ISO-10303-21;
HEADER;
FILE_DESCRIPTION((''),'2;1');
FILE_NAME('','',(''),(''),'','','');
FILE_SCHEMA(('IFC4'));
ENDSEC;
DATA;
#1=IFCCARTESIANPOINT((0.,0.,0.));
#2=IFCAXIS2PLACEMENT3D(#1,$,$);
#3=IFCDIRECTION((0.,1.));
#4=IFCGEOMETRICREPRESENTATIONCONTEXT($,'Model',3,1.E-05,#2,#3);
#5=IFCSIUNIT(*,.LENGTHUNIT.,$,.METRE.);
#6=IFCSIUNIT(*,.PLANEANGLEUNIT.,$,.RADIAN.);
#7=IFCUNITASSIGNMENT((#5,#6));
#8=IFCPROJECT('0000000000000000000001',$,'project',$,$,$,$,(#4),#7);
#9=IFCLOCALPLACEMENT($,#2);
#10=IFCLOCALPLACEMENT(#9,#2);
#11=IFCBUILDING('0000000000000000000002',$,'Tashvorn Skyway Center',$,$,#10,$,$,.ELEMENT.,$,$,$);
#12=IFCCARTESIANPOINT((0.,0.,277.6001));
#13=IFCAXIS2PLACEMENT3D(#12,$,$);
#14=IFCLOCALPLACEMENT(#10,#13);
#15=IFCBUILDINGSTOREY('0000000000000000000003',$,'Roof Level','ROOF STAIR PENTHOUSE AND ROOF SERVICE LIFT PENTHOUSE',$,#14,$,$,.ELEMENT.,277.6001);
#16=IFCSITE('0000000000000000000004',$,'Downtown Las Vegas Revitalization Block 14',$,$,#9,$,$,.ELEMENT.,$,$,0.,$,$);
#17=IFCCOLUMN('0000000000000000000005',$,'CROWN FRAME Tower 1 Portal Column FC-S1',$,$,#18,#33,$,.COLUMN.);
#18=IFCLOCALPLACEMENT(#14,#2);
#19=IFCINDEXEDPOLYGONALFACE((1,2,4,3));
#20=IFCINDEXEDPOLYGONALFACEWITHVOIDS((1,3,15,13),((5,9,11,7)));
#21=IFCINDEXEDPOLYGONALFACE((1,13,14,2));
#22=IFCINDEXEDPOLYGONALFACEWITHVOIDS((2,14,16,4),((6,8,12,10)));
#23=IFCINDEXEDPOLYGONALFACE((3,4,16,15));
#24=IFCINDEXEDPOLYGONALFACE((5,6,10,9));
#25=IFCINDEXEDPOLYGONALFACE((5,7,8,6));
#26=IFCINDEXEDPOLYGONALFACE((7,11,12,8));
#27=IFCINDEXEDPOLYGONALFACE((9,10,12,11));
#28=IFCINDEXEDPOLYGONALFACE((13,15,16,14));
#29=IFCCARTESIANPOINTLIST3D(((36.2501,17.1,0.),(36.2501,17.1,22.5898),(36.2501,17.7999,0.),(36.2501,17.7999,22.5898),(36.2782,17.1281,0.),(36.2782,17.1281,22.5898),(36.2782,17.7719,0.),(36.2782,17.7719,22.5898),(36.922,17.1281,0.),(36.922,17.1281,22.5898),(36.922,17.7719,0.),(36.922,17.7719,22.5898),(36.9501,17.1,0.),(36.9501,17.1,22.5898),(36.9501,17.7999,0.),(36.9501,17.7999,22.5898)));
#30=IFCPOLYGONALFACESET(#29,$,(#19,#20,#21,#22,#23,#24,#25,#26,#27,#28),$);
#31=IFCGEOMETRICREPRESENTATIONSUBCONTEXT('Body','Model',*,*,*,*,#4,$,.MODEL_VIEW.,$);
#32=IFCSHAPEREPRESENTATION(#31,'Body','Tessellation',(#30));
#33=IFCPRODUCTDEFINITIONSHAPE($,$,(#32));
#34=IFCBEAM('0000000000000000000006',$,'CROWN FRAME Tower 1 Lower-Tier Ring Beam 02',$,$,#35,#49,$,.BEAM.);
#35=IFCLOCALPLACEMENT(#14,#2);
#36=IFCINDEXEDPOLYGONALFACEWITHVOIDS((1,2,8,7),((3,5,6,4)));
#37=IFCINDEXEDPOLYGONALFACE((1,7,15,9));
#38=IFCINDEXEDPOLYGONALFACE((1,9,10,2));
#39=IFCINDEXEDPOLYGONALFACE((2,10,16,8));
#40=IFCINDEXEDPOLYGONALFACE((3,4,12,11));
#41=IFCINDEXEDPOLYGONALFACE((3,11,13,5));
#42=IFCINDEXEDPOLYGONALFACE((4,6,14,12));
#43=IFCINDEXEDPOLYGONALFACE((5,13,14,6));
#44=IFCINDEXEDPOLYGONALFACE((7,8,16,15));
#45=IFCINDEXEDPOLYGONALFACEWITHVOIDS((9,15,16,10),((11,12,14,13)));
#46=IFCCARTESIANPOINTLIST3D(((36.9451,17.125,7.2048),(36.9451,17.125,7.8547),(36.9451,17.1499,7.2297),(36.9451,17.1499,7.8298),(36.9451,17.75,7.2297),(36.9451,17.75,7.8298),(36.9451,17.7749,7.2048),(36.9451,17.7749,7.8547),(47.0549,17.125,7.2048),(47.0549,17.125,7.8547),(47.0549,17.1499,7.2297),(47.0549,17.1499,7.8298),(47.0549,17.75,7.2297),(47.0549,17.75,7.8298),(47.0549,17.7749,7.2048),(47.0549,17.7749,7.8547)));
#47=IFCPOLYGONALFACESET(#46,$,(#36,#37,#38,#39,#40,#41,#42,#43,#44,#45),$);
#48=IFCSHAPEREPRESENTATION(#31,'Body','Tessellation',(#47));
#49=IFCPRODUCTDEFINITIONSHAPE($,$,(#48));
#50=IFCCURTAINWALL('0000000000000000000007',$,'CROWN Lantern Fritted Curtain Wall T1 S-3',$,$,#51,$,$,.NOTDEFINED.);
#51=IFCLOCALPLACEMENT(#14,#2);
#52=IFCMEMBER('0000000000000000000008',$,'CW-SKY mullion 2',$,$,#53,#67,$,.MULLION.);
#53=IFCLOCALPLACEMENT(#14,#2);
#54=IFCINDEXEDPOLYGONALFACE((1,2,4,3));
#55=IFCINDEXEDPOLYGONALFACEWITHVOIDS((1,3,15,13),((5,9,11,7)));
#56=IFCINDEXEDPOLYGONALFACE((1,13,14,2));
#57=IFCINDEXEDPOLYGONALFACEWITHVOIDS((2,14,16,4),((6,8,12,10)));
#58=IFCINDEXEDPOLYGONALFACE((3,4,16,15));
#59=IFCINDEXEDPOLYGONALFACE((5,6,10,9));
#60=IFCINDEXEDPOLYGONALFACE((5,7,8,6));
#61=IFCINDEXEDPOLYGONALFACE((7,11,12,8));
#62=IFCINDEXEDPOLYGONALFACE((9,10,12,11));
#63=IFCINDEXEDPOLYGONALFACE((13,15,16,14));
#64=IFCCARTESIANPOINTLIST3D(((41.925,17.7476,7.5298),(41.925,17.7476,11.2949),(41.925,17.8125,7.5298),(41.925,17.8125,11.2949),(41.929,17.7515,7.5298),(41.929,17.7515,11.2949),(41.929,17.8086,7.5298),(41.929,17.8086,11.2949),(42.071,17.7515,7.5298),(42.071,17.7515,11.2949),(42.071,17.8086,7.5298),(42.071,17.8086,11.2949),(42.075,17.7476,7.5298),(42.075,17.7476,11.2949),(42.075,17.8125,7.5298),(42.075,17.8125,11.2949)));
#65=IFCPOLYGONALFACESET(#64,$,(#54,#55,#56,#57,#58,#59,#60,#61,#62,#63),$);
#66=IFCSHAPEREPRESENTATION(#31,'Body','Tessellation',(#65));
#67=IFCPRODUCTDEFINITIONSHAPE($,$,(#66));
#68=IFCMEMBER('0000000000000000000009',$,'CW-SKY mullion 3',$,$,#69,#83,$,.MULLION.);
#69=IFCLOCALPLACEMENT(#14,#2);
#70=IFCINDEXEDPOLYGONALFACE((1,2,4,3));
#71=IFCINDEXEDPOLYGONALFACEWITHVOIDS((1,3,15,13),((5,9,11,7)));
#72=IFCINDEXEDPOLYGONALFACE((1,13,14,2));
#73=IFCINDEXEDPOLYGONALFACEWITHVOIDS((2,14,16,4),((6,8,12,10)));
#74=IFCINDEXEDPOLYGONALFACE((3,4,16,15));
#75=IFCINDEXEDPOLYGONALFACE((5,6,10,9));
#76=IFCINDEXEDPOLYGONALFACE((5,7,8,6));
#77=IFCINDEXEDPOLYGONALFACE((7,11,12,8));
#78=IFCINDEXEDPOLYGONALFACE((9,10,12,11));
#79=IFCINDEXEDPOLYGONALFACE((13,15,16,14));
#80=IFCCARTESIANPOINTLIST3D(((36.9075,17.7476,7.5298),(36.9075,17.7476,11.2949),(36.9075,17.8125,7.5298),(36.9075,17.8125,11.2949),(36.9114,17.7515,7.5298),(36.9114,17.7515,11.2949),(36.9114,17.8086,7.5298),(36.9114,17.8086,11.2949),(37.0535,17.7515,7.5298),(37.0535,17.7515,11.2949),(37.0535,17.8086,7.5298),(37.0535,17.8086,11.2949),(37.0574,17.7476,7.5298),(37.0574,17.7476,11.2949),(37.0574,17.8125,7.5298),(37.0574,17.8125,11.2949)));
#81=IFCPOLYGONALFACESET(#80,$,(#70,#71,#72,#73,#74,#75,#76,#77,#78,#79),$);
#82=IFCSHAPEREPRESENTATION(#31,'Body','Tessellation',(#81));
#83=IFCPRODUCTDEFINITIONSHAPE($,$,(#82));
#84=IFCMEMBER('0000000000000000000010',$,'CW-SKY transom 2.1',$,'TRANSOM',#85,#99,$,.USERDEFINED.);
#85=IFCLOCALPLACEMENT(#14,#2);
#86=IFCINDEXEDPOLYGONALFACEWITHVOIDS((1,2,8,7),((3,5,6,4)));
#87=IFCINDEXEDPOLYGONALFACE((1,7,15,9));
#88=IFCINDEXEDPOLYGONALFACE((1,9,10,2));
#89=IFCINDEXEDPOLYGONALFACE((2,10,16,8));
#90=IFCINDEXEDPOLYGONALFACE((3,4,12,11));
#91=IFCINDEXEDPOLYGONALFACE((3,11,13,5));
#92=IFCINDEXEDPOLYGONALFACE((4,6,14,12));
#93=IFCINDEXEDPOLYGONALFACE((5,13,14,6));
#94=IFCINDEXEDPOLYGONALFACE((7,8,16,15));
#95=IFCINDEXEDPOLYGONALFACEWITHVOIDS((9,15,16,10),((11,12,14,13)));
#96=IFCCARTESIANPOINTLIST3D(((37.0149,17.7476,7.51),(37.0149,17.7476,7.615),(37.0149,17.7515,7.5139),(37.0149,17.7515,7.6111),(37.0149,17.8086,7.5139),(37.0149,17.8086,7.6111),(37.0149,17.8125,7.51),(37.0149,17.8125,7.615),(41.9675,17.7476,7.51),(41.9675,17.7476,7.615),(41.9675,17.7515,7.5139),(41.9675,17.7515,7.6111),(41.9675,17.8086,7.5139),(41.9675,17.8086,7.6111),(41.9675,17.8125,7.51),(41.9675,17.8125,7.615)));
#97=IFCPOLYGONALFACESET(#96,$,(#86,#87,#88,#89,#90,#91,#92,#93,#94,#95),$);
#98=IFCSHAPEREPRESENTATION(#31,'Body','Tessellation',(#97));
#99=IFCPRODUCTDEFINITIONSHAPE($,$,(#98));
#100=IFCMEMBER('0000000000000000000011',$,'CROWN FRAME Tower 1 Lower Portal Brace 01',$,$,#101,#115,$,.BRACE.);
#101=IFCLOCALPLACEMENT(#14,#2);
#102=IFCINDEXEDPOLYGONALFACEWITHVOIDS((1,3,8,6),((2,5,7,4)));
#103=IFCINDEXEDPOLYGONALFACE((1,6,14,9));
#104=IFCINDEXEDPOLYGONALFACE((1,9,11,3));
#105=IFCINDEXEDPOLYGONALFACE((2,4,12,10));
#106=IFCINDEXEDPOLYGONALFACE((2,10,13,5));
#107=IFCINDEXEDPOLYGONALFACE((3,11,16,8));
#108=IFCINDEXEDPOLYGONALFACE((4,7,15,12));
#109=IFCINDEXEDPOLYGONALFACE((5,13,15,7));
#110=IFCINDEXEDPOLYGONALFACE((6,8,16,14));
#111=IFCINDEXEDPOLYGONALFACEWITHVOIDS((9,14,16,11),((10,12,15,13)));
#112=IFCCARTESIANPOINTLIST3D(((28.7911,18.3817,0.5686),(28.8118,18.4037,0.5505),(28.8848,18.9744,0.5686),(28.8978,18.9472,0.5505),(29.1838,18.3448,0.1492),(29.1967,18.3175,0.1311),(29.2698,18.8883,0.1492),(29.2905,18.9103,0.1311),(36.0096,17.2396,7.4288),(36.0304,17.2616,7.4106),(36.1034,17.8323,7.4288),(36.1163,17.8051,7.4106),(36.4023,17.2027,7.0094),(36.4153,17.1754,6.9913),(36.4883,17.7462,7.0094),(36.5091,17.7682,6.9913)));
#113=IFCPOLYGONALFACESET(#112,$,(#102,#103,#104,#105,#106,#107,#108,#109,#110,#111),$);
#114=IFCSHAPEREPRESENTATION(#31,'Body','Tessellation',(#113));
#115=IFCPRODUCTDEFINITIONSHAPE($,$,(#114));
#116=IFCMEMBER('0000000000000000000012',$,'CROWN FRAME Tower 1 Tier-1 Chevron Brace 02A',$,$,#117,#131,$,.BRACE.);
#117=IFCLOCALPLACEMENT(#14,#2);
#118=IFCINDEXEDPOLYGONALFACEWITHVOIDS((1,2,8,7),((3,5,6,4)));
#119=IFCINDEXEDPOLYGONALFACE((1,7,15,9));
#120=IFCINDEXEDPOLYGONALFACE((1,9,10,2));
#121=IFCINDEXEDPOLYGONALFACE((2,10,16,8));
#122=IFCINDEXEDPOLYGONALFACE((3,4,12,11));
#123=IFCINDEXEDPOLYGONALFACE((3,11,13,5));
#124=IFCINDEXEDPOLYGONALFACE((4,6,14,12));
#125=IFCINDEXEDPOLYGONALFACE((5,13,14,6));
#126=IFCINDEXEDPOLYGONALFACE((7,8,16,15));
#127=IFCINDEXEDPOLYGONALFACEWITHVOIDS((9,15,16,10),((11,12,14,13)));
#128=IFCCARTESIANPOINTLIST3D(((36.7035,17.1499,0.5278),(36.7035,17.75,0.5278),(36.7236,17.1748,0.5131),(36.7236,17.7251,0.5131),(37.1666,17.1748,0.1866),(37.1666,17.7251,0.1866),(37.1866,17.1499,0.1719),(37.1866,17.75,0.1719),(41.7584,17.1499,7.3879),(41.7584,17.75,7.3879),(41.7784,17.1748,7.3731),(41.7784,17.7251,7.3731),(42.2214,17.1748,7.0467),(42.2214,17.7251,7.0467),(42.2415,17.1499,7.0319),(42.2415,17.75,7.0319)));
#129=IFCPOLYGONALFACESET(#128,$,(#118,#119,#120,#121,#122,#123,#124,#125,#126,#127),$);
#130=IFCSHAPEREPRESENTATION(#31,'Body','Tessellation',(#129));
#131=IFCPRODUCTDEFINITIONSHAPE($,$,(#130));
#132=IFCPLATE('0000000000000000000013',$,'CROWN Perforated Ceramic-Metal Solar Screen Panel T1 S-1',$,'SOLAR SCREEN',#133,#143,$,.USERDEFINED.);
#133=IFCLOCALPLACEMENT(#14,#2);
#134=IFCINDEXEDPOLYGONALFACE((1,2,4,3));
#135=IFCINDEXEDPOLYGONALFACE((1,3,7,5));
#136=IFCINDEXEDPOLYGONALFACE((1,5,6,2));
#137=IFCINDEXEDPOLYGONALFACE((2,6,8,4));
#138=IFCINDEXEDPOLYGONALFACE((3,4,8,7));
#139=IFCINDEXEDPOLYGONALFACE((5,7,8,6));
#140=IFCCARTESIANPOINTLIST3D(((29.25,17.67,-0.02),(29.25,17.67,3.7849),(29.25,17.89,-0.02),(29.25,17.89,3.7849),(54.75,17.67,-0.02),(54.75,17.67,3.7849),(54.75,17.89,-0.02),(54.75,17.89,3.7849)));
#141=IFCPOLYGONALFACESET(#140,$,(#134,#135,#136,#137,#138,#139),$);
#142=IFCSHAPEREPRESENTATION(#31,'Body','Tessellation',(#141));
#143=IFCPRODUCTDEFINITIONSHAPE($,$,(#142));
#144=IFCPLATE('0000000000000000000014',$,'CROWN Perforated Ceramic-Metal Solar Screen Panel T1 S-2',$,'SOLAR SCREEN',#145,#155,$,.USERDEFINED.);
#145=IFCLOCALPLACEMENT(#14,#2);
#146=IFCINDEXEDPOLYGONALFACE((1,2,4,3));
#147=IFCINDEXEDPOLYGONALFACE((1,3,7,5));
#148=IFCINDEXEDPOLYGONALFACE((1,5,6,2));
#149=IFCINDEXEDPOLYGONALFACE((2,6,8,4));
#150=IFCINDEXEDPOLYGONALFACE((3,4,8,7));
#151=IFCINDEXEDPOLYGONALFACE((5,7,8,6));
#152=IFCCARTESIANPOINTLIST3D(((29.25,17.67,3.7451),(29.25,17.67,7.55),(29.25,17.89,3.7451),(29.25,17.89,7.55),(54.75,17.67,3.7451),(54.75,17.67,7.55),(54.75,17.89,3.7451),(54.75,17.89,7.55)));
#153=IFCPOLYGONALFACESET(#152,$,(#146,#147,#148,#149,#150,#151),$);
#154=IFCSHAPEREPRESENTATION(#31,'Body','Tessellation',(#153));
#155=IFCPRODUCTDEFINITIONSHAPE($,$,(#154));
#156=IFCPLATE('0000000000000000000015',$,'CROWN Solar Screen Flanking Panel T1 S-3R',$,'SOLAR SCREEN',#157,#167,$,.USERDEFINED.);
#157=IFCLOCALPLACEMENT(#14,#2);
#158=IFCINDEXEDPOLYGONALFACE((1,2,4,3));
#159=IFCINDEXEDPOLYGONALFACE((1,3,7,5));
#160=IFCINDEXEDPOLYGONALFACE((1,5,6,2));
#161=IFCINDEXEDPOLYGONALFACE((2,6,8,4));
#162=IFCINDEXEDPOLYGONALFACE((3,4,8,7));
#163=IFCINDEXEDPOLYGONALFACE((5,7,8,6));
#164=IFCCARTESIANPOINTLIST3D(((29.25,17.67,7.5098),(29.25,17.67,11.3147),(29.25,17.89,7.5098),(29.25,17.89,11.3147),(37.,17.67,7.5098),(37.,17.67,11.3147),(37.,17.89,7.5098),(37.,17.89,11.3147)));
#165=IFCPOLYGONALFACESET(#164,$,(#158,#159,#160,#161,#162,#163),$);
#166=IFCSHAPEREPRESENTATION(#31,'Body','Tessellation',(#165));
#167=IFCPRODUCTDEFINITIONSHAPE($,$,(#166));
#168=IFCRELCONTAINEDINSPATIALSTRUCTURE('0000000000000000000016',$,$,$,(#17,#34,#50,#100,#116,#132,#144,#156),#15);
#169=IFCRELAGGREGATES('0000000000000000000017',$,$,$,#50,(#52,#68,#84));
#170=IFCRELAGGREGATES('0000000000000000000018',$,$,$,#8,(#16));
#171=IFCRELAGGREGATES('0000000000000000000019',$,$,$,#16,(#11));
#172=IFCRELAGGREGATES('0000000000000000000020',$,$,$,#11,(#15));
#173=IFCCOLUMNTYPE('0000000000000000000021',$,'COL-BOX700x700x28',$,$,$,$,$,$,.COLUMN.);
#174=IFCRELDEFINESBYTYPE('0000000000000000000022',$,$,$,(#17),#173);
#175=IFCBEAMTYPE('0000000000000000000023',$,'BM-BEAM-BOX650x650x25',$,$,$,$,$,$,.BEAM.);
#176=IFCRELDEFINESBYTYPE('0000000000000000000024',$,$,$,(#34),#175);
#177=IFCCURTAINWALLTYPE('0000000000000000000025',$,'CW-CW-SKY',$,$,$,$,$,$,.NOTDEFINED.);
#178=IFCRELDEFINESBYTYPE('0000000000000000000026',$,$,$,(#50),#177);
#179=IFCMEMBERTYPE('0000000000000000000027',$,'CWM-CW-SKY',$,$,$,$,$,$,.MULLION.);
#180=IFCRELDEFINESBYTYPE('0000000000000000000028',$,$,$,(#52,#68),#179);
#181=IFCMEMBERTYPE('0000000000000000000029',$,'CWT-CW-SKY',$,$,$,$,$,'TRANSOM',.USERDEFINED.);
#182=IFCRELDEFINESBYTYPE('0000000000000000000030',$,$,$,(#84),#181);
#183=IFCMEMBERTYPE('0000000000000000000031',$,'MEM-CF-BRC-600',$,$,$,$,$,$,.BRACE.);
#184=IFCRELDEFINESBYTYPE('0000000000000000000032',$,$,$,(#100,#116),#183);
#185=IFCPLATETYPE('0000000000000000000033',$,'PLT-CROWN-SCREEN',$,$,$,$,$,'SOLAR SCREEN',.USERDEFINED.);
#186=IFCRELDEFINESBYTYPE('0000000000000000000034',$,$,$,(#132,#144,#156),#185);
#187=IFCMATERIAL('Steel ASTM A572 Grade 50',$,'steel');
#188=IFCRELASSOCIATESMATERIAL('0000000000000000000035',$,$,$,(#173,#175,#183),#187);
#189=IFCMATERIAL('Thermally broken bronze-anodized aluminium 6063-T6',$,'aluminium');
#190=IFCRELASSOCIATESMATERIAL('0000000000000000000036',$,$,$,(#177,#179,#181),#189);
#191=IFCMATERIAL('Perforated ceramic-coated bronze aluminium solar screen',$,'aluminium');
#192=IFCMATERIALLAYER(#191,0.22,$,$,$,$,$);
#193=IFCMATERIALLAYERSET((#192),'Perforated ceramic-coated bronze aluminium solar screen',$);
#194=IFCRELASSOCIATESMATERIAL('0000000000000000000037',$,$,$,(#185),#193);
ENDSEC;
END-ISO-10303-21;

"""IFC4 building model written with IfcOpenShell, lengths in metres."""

from ifc_helpers import new_model, si_unit, direction, frame, origin, origin_2d, place, context, subcontext, project, spatial, rectangle, hollow_rectangle, extrude, material, layer, layer_set, material_profile, profile_set, type_object, element, aggregate, save


model = new_model("IFC4")

# Units and contexts
model_context = context("Model", 3, precision=1e-05, world=origin(), true_north=direction((0.0, 1.0)))
body_context = subcontext(model_context, "Body", "Model", "MODEL_VIEW")
ifc_project = project(units=[si_unit("LENGTHUNIT", "METRE"), si_unit("PLANEANGLEUNIT", "RADIAN")], contexts=[model_context])

# Site, building, storey
site_placement = place(None, origin())
site = spatial("IfcSite", under=ifc_project, at=site_placement, Name="Downtown Las Vegas Revitalization Block 14", CompositionType="ELEMENT", RefElevation=0.0)
building_placement = place(site_placement, origin())
building = spatial("IfcBuilding", under=site, at=building_placement, Name="Tashvorn Skyway Center", CompositionType="ELEMENT")
storey_placement = place(building_placement, frame((0.0, 0.0, 277.6001)))
storey = spatial("IfcBuildingStorey", under=building, at=storey_placement, Name="Roof Level", Description="ROOF STAIR PENTHOUSE AND ROOF SERVICE LIFT PENTHOUSE", CompositionType="ELEMENT", Elevation=277.6001)

# Column
ifc_material_1 = material(Name="Steel ASTM A572 Grade 50", Category="steel")
ifc_material_profile_1 = material_profile(ifc_material_1, hollow_rectangle(XDim=0.7, YDim=0.7, WallThickness=0.0281, at=origin_2d()), Name="BOX700x700x28")
ifc_profile_set_1 = profile_set([ifc_material_profile_1], Name="Steel ASTM A572 Grade 50")
column_type = type_object("IfcColumnType", Name="COL-BOX700x700x28", PredefinedType="COLUMN", material=ifc_profile_set_1)
column_placement = place(storey_placement, frame((36.6001, 17.45, 0.0), z_axis=(0.0, 0.0, 1.0), x_axis=(1.0, 0.0, 0.0)))
element("IfcColumn", 1, at=column_placement, inside=storey, type_object=column_type, Name="CROWN FRAME Tower 1 Portal Column FC-S1", PredefinedType="COLUMN", context=body_context, shape_type="SweptSolid", body=[
    extrude(hollow_rectangle(XDim=0.7, YDim=0.7, WallThickness=0.0281, at=origin_2d()), origin(), (0.0, 0.0, 1.0), 22.5898),
])

# Beam
ifc_material_profile_2 = material_profile(ifc_material_1, hollow_rectangle(XDim=0.6499, YDim=0.6499, WallThickness=0.0249, at=origin_2d()), Name="BOX650x650x25")
ifc_profile_set_2 = profile_set([ifc_material_profile_2], Name="Steel ASTM A572 Grade 50")
beam_type = type_object("IfcBeamType", Name="BM-BEAM-BOX650x650x25", PredefinedType="BEAM", material=ifc_profile_set_2)
beam_placement = place(storey_placement, frame((36.9451, 17.45, 7.5298), z_axis=(1.0, 0.0, 0.0), x_axis=(0.0, 1.0, 0.0)))
element("IfcBeam", 2, at=beam_placement, inside=storey, type_object=beam_type, Name="CROWN FRAME Tower 1 Lower-Tier Ring Beam 02", PredefinedType="BEAM", context=body_context, shape_type="SweptSolid", body=[
    extrude(hollow_rectangle(XDim=0.6499, YDim=0.6499, WallThickness=0.0249, at=origin_2d()), origin(), (0.0, 0.0, 1.0), 10.1099),
])

# Curtain wall, members
ifc_material_2 = material(Name="Thermally broken bronze-anodized aluminium 6063-T6", Category="aluminium")
curtain_wall_type = type_object("IfcCurtainWallType", Name="CW-CW-SKY", PredefinedType="NOTDEFINED", material=ifc_material_2)
curtain_wall_placement = place(storey_placement, origin())
curtain_wall = element("IfcCurtainWall", 3, at=curtain_wall_placement, inside=storey, type_object=curtain_wall_type, Name="CROWN Lantern Fritted Curtain Wall T1 S-3", PredefinedType="NOTDEFINED")
ifc_material_profile_3 = material_profile(ifc_material_2, hollow_rectangle(XDim=0.0649, YDim=0.1499, WallThickness=0.0039, at=origin_2d()), Name="ALU-MULL-65x150")
ifc_profile_set_3 = profile_set([ifc_material_profile_3], Name="Thermally broken bronze-anodized aluminium 6063-T6")
member_type_1 = type_object("IfcMemberType", Name="CWM-CW-SKY", PredefinedType="MULLION", material=ifc_profile_set_3)
member_1_placement = place(storey_placement, frame((42.0, 17.78, 7.5298), z_axis=(0.0, 0.0, 1.0), x_axis=(0.0, -1.0, 0.0)))
member_1 = element("IfcMember", 4, at=member_1_placement, type_object=member_type_1, Name="CW-SKY mullion 2", PredefinedType="MULLION", context=body_context, shape_type="SweptSolid", body=[
    extrude(hollow_rectangle(XDim=0.0649, YDim=0.1499, WallThickness=0.0039, at=origin_2d()), origin(), (0.0, 0.0, 1.0), 3.7651),
])
member_2_placement = place(storey_placement, frame((36.9824, 17.78, 7.5298), z_axis=(0.0, 0.0, 1.0), x_axis=(0.0, -1.0, 0.0)))
member_2 = element("IfcMember", 5, at=member_2_placement, type_object=member_type_1, Name="CW-SKY mullion 3", PredefinedType="MULLION", context=body_context, shape_type="SweptSolid", body=[
    extrude(hollow_rectangle(XDim=0.0649, YDim=0.1499, WallThickness=0.0039, at=origin_2d()), origin(), (0.0, 0.0, 1.0), 3.7651),
])
ifc_material_profile_4 = material_profile(ifc_material_2, hollow_rectangle(XDim=0.0649, YDim=0.105, WallThickness=0.0039, at=origin_2d()), Name="ALU-TRAN-65x105")
ifc_profile_set_4 = profile_set([ifc_material_profile_4], Name="Thermally broken bronze-anodized aluminium 6063-T6")
member_type_2 = type_object("IfcMemberType", Name="CWT-CW-SKY", ElementType="TRANSOM", PredefinedType="USERDEFINED", material=ifc_profile_set_4)
member_3_placement = place(storey_placement, frame((41.9675, 17.78, 7.5625), z_axis=(-1.0, 0.0, 0.0), x_axis=(0.0, -1.0, 0.0)))
member_3 = element("IfcMember", 6, at=member_3_placement, type_object=member_type_2, Name="CW-SKY transom 2.1", ObjectType="TRANSOM", PredefinedType="USERDEFINED", context=body_context, shape_type="SweptSolid", body=[
    extrude(hollow_rectangle(XDim=0.0649, YDim=0.105, WallThickness=0.0039, at=origin_2d()), origin(), (0.0, 0.0, 1.0), 4.9526),
])
aggregate(curtain_wall, [member_1, member_2, member_3])

# Members
ifc_material_profile_5 = material_profile(ifc_material_1, hollow_rectangle(XDim=0.6001, YDim=0.6001, WallThickness=0.0249, at=origin_2d()), Name="BOX600x600x25")
ifc_profile_set_5 = profile_set([ifc_material_profile_5], Name="Steel ASTM A572 Grade 50")
member_type_3 = type_object("IfcMemberType", Name="MEM-CF-BRC-600", PredefinedType="BRACE", material=ifc_profile_set_5)
member_4_placement = place(storey_placement, frame((29.0408, 18.646, 0.3499), z_axis=(0.720152, -0.11394, 0.684397), x_axis=(0.156273, 0.987714, 0.0)))
element("IfcMember", 7, at=member_4_placement, inside=storey, type_object=member_type_3, Name="CROWN FRAME Tower 1 Lower Portal Brace 01", PredefinedType="BRACE", context=body_context, shape_type="SweptSolid", body=[
    extrude(hollow_rectangle(XDim=0.6001, YDim=0.6001, WallThickness=0.0249, at=origin_2d()), origin(), (0.0, 0.0, 1.0), 10.0237),
])
member_5_placement = place(storey_placement, frame((36.9451, 17.45, 0.3499), z_axis=(0.593208, 0.0, 0.805049), x_axis=(0.0, 1.0, 0.0)))
element("IfcMember", 8, at=member_5_placement, inside=storey, type_object=member_type_3, Name="CROWN FRAME Tower 1 Tier-1 Chevron Brace 02A", PredefinedType="BRACE", context=body_context, shape_type="SweptSolid", body=[
    extrude(hollow_rectangle(XDim=0.6001, YDim=0.6001, WallThickness=0.0249, at=origin_2d()), origin(), (0.0, 0.0, 1.0), 8.5212),
])

# Plates
ifc_material_3 = material(Name="Perforated ceramic-coated bronze aluminium solar screen", Category="aluminium")
ifc_layer_1 = layer(ifc_material_3, 0.22)
ifc_layer_set_1 = layer_set([ifc_layer_1], Name="Perforated ceramic-coated bronze aluminium solar screen")
plate_type = type_object("IfcPlateType", Name="PLT-CROWN-SCREEN", ElementType="SOLAR SCREEN", PredefinedType="USERDEFINED", material=ifc_layer_set_1)
for number, where, z_axis, x_axis, name in (
    (9, (42.0, 17.78, -0.02), (0.0, 0.0, 1.0), (1.0, 0.0, 0.0), "CROWN Perforated Ceramic-Metal Solar Screen Panel T1 S-1"),
    (10, (42.0, 17.78, 3.7451), (0.0, 0.0, 1.0), (1.0, 0.0, 0.0), "CROWN Perforated Ceramic-Metal Solar Screen Panel T1 S-2"),
):
    element("IfcPlate", number, at=place(storey_placement, frame(where, z_axis=z_axis, x_axis=x_axis)), inside=storey, type_object=plate_type, Name=name, ObjectType="SOLAR SCREEN", PredefinedType="USERDEFINED", context=body_context, shape_type="SweptSolid", body=[
        extrude(rectangle(XDim=25.5, YDim=0.22, at=origin_2d()), origin(), (0.0, 0.0, 1.0), 3.8049),
    ])
plate_placement = place(storey_placement, frame((33.125, 17.78, 7.5098), z_axis=(0.0, 0.0, 1.0), x_axis=(1.0, 0.0, 0.0)))
element("IfcPlate", 11, at=plate_placement, inside=storey, type_object=plate_type, Name="CROWN Solar Screen Flanking Panel T1 S-3R", ObjectType="SOLAR SCREEN", PredefinedType="USERDEFINED", context=body_context, shape_type="SweptSolid", body=[
    extrude(rectangle(XDim=7.75, YDim=0.22, at=origin_2d()), origin(), (0.0, 0.0, 1.0), 3.8049),
])

save(model, "model.ifc")
